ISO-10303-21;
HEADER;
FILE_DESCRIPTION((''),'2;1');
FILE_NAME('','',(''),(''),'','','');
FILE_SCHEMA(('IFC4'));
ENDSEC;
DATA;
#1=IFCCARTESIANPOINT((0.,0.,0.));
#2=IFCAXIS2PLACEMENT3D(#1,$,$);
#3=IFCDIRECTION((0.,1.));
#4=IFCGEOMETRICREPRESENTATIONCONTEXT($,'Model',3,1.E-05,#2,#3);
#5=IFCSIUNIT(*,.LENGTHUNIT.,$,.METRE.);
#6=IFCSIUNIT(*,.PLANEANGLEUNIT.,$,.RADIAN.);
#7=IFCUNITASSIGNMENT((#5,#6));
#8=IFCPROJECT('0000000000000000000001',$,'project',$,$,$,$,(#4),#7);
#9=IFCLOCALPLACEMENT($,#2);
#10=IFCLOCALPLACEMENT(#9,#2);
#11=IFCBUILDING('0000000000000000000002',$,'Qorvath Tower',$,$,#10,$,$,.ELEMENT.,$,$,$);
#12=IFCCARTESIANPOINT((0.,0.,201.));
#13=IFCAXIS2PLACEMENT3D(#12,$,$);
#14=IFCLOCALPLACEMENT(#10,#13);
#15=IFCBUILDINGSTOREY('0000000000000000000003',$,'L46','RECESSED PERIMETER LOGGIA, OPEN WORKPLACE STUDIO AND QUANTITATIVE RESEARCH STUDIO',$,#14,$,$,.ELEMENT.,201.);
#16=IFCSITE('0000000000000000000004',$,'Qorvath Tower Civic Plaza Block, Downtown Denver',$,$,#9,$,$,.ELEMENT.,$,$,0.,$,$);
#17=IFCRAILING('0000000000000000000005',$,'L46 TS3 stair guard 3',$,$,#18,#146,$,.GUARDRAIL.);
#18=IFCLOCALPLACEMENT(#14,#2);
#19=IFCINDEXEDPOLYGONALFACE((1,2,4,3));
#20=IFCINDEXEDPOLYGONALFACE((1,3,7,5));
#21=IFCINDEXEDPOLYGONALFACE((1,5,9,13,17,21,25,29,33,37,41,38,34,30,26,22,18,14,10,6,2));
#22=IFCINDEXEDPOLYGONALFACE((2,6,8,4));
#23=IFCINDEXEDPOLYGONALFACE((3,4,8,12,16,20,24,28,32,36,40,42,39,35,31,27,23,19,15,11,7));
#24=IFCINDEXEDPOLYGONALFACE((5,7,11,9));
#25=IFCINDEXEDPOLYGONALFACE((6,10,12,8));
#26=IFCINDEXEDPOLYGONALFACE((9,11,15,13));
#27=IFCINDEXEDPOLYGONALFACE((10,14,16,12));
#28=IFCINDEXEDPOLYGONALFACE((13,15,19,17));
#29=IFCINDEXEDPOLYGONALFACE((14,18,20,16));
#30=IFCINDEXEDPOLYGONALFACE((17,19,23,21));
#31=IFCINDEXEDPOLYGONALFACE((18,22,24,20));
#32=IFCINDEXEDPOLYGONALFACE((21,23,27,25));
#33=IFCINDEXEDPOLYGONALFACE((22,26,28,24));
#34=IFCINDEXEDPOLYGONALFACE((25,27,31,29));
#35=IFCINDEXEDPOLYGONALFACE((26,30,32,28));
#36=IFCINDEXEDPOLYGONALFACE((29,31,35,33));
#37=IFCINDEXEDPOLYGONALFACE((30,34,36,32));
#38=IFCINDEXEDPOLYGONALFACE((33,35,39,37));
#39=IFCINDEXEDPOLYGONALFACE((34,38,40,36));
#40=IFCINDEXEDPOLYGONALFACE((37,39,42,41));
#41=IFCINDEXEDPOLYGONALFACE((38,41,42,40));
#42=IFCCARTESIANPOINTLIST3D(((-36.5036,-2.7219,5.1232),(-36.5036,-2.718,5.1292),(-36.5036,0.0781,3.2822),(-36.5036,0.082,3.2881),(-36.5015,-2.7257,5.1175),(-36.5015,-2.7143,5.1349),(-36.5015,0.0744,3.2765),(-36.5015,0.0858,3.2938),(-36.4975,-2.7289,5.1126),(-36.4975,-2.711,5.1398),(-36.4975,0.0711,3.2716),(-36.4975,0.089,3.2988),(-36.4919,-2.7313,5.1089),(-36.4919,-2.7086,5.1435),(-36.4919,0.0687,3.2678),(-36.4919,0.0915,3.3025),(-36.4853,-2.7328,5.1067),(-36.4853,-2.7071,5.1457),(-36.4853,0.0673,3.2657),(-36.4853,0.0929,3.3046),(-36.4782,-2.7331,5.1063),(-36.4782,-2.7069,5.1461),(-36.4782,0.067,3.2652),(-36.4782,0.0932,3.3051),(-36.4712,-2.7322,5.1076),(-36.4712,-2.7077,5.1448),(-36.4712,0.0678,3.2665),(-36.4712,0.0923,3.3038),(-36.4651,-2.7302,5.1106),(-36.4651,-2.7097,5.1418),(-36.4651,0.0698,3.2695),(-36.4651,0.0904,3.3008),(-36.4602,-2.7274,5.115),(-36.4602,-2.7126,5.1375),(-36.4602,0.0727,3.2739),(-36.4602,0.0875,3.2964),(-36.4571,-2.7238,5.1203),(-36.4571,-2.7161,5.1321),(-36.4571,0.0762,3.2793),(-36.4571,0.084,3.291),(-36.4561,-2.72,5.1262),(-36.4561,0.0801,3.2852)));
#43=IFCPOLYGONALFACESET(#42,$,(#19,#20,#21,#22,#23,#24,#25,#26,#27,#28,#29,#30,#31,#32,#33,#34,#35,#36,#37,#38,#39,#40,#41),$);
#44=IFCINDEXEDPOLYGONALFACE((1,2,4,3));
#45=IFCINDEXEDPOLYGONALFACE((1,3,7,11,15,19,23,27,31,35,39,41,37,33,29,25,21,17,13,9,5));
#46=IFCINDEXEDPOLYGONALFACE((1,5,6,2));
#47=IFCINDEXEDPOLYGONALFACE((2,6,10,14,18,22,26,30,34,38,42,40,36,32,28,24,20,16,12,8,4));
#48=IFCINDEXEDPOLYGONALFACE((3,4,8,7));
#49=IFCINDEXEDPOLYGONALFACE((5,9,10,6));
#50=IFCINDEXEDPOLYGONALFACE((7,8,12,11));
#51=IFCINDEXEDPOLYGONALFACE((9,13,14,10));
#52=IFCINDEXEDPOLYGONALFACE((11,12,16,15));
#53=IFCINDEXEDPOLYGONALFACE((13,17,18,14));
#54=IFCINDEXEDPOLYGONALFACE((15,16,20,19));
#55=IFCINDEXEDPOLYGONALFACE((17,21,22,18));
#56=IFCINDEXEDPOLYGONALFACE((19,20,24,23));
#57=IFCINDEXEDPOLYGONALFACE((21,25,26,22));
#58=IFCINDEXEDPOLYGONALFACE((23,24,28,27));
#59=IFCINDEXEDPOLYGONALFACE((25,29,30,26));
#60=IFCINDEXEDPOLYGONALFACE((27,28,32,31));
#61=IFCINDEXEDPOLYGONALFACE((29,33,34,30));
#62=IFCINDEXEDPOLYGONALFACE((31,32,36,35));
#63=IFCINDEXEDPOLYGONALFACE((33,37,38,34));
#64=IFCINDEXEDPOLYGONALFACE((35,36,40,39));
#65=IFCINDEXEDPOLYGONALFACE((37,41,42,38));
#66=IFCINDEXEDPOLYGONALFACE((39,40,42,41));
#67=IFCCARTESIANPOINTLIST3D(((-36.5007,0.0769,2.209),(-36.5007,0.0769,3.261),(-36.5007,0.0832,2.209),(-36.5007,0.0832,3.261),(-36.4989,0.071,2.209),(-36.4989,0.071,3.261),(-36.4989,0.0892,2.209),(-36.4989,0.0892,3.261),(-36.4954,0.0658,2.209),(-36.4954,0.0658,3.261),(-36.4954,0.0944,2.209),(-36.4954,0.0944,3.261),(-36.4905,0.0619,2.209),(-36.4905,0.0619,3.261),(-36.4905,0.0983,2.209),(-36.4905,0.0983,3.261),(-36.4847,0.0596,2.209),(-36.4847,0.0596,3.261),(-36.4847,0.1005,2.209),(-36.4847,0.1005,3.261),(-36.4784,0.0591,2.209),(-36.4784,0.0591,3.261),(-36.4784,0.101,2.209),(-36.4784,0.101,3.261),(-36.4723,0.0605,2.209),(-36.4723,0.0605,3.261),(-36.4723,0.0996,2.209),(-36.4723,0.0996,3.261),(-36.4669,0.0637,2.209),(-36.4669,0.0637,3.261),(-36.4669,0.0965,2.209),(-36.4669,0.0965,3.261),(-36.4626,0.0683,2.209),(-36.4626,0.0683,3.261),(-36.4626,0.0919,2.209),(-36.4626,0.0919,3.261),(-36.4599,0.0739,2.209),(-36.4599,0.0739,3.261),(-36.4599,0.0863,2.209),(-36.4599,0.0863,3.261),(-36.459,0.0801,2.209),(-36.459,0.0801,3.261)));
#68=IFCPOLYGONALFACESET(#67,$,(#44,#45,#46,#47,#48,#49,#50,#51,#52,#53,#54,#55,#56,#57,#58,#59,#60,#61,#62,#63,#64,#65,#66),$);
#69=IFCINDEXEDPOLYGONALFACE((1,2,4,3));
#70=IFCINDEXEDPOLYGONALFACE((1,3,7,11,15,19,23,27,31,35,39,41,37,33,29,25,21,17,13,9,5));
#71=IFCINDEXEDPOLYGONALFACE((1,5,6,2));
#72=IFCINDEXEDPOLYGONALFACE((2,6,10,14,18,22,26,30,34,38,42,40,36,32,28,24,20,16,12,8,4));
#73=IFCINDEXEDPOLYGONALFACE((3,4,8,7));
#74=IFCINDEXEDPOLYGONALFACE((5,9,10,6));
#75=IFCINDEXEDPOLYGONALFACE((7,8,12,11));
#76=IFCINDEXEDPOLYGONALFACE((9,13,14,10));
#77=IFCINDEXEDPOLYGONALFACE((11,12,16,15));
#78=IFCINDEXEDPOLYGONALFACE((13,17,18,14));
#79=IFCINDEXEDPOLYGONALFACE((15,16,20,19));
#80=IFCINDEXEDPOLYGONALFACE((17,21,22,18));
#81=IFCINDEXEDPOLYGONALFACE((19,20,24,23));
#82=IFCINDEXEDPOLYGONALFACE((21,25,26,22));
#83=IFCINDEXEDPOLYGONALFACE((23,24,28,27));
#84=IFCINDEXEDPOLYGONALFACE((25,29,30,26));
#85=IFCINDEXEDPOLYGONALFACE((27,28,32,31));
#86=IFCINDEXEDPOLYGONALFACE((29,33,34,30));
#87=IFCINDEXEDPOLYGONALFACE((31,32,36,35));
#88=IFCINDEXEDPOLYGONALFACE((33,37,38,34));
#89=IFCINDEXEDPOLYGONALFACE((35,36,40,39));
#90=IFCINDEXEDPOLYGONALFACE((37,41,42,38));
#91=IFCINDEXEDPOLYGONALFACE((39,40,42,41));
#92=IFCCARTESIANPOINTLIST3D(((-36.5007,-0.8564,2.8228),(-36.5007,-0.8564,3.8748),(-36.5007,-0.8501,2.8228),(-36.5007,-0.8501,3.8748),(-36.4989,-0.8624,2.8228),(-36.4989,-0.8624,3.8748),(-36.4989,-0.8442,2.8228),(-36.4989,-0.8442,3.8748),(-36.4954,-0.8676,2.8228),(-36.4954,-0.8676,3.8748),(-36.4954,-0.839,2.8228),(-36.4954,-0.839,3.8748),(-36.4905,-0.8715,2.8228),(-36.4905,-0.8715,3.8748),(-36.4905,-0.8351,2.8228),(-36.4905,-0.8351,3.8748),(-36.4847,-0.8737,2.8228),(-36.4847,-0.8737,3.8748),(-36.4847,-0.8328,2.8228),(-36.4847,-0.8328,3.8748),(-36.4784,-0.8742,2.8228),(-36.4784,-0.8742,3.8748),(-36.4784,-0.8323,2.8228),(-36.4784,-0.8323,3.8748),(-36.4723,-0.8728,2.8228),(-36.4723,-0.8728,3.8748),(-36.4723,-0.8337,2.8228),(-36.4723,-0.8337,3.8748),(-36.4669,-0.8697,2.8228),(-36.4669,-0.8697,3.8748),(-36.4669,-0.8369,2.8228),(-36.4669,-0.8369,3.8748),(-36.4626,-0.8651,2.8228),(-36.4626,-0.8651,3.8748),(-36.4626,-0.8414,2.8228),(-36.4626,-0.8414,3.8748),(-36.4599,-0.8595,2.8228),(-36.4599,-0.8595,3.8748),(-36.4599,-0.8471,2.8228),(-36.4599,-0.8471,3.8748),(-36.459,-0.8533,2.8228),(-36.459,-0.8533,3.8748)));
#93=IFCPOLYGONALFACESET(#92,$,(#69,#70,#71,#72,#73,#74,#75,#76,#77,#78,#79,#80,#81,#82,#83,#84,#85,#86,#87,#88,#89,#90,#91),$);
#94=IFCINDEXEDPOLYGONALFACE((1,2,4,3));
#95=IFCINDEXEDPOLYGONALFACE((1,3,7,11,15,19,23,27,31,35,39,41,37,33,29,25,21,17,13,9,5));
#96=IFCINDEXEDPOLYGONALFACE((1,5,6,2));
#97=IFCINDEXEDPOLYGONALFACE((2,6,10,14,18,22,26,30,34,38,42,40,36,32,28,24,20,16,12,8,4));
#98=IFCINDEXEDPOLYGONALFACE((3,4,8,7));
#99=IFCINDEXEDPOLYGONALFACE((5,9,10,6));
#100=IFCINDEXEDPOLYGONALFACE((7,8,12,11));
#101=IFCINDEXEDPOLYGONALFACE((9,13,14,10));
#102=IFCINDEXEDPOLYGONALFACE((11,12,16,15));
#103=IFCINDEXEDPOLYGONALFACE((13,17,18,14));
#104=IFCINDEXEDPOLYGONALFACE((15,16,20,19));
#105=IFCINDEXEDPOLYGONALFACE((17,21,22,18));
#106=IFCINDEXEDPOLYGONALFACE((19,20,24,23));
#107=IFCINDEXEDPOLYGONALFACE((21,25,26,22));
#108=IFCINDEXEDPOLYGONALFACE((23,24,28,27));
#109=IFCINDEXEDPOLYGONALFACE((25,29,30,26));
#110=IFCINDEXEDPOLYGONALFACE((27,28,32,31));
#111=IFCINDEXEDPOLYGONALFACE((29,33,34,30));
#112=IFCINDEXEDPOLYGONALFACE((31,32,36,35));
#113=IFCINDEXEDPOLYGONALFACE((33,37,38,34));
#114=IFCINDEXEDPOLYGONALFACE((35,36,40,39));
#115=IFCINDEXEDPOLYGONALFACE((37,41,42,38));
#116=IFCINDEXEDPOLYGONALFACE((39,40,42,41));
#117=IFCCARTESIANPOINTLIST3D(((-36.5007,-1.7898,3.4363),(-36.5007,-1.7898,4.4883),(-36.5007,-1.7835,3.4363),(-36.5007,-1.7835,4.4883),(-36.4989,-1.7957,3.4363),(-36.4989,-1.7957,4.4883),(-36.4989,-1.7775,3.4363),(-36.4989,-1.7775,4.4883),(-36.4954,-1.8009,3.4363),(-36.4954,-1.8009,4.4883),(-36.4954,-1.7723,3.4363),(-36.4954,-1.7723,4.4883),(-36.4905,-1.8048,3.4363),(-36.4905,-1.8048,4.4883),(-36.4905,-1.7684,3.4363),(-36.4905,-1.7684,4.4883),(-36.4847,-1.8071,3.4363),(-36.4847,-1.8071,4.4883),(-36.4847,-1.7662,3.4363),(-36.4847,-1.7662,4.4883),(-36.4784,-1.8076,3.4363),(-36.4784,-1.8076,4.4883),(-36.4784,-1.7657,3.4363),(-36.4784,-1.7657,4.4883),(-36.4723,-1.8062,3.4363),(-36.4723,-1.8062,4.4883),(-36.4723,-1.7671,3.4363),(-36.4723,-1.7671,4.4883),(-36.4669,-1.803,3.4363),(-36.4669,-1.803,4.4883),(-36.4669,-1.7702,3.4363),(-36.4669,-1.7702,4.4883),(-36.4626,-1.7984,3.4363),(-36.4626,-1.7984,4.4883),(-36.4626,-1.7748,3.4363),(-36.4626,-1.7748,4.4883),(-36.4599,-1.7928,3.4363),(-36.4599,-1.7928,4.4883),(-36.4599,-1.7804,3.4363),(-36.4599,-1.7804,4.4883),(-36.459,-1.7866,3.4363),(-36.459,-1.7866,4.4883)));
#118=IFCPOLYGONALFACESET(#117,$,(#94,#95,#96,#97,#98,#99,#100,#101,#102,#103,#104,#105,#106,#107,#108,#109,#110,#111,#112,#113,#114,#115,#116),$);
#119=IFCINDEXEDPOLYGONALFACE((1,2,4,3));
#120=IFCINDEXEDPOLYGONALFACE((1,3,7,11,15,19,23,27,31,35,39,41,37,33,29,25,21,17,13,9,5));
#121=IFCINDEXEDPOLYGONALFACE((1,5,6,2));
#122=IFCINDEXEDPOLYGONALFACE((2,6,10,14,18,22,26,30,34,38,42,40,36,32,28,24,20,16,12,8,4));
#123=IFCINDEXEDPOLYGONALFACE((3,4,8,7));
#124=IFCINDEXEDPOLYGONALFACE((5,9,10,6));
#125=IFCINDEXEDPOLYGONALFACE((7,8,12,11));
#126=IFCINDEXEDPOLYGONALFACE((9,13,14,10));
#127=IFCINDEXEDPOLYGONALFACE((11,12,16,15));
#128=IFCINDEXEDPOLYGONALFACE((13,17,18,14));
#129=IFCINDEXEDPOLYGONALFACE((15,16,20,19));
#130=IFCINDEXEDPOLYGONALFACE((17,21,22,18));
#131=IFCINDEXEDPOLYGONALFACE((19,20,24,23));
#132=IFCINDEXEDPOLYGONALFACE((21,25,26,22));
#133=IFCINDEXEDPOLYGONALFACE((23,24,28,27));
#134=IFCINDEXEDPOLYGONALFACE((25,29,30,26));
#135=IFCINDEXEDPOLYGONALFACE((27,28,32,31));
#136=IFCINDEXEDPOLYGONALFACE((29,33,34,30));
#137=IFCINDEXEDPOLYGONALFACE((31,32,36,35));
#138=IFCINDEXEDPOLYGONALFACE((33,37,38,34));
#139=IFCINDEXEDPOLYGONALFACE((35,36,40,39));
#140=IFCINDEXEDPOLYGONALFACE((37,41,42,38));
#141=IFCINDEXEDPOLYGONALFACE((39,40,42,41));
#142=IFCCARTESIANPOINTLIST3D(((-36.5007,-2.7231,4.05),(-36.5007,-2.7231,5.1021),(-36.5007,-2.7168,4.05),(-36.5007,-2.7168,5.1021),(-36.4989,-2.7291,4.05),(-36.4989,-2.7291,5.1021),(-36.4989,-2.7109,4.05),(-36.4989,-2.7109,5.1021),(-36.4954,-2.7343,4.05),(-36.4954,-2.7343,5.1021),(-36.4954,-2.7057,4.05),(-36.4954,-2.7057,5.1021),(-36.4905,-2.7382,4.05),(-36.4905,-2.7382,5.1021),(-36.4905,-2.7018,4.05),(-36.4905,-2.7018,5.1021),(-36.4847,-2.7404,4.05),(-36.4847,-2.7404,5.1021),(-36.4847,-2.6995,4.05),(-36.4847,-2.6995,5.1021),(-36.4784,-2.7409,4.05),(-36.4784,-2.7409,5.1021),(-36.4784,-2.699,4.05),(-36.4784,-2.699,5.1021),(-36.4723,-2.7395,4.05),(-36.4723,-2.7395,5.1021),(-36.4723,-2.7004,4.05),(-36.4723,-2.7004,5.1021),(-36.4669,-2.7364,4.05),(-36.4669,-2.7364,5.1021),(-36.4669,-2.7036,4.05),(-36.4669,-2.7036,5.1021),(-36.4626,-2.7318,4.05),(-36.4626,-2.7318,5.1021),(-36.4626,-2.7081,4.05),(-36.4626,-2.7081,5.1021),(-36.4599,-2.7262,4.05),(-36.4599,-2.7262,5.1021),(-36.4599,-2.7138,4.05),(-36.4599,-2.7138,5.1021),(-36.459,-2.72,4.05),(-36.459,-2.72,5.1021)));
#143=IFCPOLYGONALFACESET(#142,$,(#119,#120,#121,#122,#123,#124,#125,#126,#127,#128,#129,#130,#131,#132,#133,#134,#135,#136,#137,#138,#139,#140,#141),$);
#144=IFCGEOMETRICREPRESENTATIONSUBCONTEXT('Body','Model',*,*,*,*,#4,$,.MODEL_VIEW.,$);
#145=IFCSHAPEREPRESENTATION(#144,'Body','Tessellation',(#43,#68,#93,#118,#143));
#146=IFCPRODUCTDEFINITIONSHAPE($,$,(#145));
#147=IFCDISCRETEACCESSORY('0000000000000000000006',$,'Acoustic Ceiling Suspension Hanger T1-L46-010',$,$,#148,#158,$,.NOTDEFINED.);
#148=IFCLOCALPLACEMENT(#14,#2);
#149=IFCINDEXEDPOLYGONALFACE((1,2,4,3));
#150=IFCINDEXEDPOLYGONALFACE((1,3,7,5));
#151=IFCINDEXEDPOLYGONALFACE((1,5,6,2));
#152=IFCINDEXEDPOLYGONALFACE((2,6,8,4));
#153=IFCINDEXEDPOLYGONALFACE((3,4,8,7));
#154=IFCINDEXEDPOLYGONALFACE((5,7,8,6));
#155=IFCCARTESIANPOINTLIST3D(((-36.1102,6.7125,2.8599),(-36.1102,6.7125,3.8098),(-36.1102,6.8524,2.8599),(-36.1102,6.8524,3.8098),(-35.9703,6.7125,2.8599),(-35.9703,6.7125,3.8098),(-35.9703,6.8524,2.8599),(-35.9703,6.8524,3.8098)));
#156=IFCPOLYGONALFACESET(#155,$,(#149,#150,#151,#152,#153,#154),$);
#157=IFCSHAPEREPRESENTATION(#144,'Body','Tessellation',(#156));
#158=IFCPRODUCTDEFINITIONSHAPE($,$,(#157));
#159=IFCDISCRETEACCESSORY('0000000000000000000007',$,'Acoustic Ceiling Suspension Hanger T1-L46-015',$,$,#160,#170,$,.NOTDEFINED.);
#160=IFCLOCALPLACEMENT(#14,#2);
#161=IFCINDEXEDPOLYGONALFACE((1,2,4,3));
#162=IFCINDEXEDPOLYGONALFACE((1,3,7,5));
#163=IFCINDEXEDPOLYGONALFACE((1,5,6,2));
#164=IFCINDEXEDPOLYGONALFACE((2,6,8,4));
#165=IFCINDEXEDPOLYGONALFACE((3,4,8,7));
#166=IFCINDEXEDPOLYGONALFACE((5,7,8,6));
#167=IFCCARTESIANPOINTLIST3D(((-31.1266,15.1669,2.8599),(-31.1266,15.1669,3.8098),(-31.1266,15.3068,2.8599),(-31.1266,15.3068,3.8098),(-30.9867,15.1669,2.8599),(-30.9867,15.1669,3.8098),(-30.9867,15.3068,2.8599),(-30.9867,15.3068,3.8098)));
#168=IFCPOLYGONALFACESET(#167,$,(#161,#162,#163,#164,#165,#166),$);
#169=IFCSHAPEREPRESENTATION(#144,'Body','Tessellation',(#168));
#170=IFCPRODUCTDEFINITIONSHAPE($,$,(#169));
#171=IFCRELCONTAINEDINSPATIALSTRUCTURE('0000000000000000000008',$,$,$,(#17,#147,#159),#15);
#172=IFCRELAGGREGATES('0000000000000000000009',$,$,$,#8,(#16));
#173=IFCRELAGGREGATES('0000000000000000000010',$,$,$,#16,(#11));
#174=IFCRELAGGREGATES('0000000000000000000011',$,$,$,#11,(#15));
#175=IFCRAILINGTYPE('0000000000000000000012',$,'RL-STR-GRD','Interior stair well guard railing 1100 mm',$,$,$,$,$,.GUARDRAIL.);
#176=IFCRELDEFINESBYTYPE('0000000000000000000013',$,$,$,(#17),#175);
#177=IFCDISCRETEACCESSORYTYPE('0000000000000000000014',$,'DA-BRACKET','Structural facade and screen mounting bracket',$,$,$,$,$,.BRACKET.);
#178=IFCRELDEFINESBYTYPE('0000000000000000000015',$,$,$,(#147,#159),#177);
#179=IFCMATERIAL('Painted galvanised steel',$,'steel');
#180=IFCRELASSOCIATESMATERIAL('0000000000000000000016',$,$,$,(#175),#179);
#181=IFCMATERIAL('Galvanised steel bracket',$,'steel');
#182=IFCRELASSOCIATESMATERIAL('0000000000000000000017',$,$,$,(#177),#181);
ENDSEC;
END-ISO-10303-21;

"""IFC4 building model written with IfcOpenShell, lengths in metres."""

from ifc_helpers import new_model, si_unit, direction, frame, origin, origin_2d, place, context, subcontext, project, spatial, rectangle, circle, extrude, material, type_object, element, save


model = new_model("IFC4")

# Units and contexts
model_context = context("Model", 3, precision=1e-05, world=origin(), true_north=direction((0.0, 1.0)))
body_context = subcontext(model_context, "Body", "Model", "MODEL_VIEW")
ifc_project = project(units=[si_unit("LENGTHUNIT", "METRE"), si_unit("PLANEANGLEUNIT", "RADIAN")], contexts=[model_context])

# Site, building, storey
site_placement = place(None, origin())
site = spatial("IfcSite", under=ifc_project, at=site_placement, Name="Qorvath Tower Civic Plaza Block, Downtown Denver", CompositionType="ELEMENT", RefElevation=0.0)
building_placement = place(site_placement, origin())
building = spatial("IfcBuilding", under=site, at=building_placement, Name="Qorvath Tower", CompositionType="ELEMENT")
storey_placement = place(building_placement, frame((0.0, 0.0, 201.0)))
storey = spatial("IfcBuildingStorey", under=building, at=storey_placement, Name="L46", Description="RECESSED PERIMETER LOGGIA, OPEN WORKPLACE STUDIO AND QUANTITATIVE RESEARCH STUDIO", CompositionType="ELEMENT", Elevation=201.0)

# Railing
ifc_material_1 = material(Name="Painted galvanised steel", Category="steel")
railing_type = type_object("IfcRailingType", Name="RL-STR-GRD", Description="Interior stair well guard railing 1100 mm", PredefinedType="GUARDRAIL", material=ifc_material_1)
railing_1_placement = place(storey_placement, frame((-36.48, 0.0801, 2.209)))
element("IfcRailing", 1, at=railing_1_placement, inside=storey, type_object=railing_type, Name="L46 TS3 stair guard 3", PredefinedType="GUARDRAIL", context=body_context, shape_type="SweptSolid", body=[
    extrude(circle(Radius=0.0239, at=origin_2d()), frame((0.0, 0.0, 1.0762), z_axis=(0.0, -0.835564, 0.549393), x_axis=(1.0, 0.0, 0.0)), (0.0, 0.0, 1.0), 3.3511),
    extrude(circle(Radius=0.021, at=origin_2d()), origin(), (0.0, 0.0, 1.0), 1.052),
    extrude(circle(Radius=0.021, at=origin_2d()), frame((0.0, -0.9333, 0.6138)), (0.0, 0.0, 1.0), 1.052),
    extrude(circle(Radius=0.021, at=origin_2d()), frame((0.0, -1.8667, 1.2273)), (0.0, 0.0, 1.0), 1.052),
    extrude(circle(Radius=0.021, at=origin_2d()), frame((0.0, -2.8, 1.8411)), (0.0, 0.0, 1.0), 1.052),
])

# Discrete accessories
ifc_material_2 = material(Name="Galvanised steel bracket", Category="steel")
discrete_accessory_type = type_object("IfcDiscreteAccessoryType", Name="DA-BRACKET", Description="Structural facade and screen mounting bracket", PredefinedType="BRACKET", material=ifc_material_2)
for number, where, z_axis, x_axis, name in (
    (2, (-36.0403, 6.7825, 2.8599), (0.0, 0.0, 1.0), (1.0, 0.0, 0.0), "Acoustic Ceiling Suspension Hanger T1-L46-010"),
    (3, (-31.0566, 15.2368, 2.8599), (0.0, 0.0, 1.0), (1.0, 0.0, 0.0), "Acoustic Ceiling Suspension Hanger T1-L46-015"),
):
    element("IfcDiscreteAccessory", number, at=place(storey_placement, frame(where, z_axis=z_axis, x_axis=x_axis)), inside=storey, type_object=discrete_accessory_type, Name=name, PredefinedType="NOTDEFINED", context=body_context, shape_type="SweptSolid", body=[
        extrude(rectangle(XDim=0.1399, YDim=0.1399, at=origin_2d()), origin(), (0.0, 0.0, 1.0), 0.95),
    ])

save(model, "model.ifc")
